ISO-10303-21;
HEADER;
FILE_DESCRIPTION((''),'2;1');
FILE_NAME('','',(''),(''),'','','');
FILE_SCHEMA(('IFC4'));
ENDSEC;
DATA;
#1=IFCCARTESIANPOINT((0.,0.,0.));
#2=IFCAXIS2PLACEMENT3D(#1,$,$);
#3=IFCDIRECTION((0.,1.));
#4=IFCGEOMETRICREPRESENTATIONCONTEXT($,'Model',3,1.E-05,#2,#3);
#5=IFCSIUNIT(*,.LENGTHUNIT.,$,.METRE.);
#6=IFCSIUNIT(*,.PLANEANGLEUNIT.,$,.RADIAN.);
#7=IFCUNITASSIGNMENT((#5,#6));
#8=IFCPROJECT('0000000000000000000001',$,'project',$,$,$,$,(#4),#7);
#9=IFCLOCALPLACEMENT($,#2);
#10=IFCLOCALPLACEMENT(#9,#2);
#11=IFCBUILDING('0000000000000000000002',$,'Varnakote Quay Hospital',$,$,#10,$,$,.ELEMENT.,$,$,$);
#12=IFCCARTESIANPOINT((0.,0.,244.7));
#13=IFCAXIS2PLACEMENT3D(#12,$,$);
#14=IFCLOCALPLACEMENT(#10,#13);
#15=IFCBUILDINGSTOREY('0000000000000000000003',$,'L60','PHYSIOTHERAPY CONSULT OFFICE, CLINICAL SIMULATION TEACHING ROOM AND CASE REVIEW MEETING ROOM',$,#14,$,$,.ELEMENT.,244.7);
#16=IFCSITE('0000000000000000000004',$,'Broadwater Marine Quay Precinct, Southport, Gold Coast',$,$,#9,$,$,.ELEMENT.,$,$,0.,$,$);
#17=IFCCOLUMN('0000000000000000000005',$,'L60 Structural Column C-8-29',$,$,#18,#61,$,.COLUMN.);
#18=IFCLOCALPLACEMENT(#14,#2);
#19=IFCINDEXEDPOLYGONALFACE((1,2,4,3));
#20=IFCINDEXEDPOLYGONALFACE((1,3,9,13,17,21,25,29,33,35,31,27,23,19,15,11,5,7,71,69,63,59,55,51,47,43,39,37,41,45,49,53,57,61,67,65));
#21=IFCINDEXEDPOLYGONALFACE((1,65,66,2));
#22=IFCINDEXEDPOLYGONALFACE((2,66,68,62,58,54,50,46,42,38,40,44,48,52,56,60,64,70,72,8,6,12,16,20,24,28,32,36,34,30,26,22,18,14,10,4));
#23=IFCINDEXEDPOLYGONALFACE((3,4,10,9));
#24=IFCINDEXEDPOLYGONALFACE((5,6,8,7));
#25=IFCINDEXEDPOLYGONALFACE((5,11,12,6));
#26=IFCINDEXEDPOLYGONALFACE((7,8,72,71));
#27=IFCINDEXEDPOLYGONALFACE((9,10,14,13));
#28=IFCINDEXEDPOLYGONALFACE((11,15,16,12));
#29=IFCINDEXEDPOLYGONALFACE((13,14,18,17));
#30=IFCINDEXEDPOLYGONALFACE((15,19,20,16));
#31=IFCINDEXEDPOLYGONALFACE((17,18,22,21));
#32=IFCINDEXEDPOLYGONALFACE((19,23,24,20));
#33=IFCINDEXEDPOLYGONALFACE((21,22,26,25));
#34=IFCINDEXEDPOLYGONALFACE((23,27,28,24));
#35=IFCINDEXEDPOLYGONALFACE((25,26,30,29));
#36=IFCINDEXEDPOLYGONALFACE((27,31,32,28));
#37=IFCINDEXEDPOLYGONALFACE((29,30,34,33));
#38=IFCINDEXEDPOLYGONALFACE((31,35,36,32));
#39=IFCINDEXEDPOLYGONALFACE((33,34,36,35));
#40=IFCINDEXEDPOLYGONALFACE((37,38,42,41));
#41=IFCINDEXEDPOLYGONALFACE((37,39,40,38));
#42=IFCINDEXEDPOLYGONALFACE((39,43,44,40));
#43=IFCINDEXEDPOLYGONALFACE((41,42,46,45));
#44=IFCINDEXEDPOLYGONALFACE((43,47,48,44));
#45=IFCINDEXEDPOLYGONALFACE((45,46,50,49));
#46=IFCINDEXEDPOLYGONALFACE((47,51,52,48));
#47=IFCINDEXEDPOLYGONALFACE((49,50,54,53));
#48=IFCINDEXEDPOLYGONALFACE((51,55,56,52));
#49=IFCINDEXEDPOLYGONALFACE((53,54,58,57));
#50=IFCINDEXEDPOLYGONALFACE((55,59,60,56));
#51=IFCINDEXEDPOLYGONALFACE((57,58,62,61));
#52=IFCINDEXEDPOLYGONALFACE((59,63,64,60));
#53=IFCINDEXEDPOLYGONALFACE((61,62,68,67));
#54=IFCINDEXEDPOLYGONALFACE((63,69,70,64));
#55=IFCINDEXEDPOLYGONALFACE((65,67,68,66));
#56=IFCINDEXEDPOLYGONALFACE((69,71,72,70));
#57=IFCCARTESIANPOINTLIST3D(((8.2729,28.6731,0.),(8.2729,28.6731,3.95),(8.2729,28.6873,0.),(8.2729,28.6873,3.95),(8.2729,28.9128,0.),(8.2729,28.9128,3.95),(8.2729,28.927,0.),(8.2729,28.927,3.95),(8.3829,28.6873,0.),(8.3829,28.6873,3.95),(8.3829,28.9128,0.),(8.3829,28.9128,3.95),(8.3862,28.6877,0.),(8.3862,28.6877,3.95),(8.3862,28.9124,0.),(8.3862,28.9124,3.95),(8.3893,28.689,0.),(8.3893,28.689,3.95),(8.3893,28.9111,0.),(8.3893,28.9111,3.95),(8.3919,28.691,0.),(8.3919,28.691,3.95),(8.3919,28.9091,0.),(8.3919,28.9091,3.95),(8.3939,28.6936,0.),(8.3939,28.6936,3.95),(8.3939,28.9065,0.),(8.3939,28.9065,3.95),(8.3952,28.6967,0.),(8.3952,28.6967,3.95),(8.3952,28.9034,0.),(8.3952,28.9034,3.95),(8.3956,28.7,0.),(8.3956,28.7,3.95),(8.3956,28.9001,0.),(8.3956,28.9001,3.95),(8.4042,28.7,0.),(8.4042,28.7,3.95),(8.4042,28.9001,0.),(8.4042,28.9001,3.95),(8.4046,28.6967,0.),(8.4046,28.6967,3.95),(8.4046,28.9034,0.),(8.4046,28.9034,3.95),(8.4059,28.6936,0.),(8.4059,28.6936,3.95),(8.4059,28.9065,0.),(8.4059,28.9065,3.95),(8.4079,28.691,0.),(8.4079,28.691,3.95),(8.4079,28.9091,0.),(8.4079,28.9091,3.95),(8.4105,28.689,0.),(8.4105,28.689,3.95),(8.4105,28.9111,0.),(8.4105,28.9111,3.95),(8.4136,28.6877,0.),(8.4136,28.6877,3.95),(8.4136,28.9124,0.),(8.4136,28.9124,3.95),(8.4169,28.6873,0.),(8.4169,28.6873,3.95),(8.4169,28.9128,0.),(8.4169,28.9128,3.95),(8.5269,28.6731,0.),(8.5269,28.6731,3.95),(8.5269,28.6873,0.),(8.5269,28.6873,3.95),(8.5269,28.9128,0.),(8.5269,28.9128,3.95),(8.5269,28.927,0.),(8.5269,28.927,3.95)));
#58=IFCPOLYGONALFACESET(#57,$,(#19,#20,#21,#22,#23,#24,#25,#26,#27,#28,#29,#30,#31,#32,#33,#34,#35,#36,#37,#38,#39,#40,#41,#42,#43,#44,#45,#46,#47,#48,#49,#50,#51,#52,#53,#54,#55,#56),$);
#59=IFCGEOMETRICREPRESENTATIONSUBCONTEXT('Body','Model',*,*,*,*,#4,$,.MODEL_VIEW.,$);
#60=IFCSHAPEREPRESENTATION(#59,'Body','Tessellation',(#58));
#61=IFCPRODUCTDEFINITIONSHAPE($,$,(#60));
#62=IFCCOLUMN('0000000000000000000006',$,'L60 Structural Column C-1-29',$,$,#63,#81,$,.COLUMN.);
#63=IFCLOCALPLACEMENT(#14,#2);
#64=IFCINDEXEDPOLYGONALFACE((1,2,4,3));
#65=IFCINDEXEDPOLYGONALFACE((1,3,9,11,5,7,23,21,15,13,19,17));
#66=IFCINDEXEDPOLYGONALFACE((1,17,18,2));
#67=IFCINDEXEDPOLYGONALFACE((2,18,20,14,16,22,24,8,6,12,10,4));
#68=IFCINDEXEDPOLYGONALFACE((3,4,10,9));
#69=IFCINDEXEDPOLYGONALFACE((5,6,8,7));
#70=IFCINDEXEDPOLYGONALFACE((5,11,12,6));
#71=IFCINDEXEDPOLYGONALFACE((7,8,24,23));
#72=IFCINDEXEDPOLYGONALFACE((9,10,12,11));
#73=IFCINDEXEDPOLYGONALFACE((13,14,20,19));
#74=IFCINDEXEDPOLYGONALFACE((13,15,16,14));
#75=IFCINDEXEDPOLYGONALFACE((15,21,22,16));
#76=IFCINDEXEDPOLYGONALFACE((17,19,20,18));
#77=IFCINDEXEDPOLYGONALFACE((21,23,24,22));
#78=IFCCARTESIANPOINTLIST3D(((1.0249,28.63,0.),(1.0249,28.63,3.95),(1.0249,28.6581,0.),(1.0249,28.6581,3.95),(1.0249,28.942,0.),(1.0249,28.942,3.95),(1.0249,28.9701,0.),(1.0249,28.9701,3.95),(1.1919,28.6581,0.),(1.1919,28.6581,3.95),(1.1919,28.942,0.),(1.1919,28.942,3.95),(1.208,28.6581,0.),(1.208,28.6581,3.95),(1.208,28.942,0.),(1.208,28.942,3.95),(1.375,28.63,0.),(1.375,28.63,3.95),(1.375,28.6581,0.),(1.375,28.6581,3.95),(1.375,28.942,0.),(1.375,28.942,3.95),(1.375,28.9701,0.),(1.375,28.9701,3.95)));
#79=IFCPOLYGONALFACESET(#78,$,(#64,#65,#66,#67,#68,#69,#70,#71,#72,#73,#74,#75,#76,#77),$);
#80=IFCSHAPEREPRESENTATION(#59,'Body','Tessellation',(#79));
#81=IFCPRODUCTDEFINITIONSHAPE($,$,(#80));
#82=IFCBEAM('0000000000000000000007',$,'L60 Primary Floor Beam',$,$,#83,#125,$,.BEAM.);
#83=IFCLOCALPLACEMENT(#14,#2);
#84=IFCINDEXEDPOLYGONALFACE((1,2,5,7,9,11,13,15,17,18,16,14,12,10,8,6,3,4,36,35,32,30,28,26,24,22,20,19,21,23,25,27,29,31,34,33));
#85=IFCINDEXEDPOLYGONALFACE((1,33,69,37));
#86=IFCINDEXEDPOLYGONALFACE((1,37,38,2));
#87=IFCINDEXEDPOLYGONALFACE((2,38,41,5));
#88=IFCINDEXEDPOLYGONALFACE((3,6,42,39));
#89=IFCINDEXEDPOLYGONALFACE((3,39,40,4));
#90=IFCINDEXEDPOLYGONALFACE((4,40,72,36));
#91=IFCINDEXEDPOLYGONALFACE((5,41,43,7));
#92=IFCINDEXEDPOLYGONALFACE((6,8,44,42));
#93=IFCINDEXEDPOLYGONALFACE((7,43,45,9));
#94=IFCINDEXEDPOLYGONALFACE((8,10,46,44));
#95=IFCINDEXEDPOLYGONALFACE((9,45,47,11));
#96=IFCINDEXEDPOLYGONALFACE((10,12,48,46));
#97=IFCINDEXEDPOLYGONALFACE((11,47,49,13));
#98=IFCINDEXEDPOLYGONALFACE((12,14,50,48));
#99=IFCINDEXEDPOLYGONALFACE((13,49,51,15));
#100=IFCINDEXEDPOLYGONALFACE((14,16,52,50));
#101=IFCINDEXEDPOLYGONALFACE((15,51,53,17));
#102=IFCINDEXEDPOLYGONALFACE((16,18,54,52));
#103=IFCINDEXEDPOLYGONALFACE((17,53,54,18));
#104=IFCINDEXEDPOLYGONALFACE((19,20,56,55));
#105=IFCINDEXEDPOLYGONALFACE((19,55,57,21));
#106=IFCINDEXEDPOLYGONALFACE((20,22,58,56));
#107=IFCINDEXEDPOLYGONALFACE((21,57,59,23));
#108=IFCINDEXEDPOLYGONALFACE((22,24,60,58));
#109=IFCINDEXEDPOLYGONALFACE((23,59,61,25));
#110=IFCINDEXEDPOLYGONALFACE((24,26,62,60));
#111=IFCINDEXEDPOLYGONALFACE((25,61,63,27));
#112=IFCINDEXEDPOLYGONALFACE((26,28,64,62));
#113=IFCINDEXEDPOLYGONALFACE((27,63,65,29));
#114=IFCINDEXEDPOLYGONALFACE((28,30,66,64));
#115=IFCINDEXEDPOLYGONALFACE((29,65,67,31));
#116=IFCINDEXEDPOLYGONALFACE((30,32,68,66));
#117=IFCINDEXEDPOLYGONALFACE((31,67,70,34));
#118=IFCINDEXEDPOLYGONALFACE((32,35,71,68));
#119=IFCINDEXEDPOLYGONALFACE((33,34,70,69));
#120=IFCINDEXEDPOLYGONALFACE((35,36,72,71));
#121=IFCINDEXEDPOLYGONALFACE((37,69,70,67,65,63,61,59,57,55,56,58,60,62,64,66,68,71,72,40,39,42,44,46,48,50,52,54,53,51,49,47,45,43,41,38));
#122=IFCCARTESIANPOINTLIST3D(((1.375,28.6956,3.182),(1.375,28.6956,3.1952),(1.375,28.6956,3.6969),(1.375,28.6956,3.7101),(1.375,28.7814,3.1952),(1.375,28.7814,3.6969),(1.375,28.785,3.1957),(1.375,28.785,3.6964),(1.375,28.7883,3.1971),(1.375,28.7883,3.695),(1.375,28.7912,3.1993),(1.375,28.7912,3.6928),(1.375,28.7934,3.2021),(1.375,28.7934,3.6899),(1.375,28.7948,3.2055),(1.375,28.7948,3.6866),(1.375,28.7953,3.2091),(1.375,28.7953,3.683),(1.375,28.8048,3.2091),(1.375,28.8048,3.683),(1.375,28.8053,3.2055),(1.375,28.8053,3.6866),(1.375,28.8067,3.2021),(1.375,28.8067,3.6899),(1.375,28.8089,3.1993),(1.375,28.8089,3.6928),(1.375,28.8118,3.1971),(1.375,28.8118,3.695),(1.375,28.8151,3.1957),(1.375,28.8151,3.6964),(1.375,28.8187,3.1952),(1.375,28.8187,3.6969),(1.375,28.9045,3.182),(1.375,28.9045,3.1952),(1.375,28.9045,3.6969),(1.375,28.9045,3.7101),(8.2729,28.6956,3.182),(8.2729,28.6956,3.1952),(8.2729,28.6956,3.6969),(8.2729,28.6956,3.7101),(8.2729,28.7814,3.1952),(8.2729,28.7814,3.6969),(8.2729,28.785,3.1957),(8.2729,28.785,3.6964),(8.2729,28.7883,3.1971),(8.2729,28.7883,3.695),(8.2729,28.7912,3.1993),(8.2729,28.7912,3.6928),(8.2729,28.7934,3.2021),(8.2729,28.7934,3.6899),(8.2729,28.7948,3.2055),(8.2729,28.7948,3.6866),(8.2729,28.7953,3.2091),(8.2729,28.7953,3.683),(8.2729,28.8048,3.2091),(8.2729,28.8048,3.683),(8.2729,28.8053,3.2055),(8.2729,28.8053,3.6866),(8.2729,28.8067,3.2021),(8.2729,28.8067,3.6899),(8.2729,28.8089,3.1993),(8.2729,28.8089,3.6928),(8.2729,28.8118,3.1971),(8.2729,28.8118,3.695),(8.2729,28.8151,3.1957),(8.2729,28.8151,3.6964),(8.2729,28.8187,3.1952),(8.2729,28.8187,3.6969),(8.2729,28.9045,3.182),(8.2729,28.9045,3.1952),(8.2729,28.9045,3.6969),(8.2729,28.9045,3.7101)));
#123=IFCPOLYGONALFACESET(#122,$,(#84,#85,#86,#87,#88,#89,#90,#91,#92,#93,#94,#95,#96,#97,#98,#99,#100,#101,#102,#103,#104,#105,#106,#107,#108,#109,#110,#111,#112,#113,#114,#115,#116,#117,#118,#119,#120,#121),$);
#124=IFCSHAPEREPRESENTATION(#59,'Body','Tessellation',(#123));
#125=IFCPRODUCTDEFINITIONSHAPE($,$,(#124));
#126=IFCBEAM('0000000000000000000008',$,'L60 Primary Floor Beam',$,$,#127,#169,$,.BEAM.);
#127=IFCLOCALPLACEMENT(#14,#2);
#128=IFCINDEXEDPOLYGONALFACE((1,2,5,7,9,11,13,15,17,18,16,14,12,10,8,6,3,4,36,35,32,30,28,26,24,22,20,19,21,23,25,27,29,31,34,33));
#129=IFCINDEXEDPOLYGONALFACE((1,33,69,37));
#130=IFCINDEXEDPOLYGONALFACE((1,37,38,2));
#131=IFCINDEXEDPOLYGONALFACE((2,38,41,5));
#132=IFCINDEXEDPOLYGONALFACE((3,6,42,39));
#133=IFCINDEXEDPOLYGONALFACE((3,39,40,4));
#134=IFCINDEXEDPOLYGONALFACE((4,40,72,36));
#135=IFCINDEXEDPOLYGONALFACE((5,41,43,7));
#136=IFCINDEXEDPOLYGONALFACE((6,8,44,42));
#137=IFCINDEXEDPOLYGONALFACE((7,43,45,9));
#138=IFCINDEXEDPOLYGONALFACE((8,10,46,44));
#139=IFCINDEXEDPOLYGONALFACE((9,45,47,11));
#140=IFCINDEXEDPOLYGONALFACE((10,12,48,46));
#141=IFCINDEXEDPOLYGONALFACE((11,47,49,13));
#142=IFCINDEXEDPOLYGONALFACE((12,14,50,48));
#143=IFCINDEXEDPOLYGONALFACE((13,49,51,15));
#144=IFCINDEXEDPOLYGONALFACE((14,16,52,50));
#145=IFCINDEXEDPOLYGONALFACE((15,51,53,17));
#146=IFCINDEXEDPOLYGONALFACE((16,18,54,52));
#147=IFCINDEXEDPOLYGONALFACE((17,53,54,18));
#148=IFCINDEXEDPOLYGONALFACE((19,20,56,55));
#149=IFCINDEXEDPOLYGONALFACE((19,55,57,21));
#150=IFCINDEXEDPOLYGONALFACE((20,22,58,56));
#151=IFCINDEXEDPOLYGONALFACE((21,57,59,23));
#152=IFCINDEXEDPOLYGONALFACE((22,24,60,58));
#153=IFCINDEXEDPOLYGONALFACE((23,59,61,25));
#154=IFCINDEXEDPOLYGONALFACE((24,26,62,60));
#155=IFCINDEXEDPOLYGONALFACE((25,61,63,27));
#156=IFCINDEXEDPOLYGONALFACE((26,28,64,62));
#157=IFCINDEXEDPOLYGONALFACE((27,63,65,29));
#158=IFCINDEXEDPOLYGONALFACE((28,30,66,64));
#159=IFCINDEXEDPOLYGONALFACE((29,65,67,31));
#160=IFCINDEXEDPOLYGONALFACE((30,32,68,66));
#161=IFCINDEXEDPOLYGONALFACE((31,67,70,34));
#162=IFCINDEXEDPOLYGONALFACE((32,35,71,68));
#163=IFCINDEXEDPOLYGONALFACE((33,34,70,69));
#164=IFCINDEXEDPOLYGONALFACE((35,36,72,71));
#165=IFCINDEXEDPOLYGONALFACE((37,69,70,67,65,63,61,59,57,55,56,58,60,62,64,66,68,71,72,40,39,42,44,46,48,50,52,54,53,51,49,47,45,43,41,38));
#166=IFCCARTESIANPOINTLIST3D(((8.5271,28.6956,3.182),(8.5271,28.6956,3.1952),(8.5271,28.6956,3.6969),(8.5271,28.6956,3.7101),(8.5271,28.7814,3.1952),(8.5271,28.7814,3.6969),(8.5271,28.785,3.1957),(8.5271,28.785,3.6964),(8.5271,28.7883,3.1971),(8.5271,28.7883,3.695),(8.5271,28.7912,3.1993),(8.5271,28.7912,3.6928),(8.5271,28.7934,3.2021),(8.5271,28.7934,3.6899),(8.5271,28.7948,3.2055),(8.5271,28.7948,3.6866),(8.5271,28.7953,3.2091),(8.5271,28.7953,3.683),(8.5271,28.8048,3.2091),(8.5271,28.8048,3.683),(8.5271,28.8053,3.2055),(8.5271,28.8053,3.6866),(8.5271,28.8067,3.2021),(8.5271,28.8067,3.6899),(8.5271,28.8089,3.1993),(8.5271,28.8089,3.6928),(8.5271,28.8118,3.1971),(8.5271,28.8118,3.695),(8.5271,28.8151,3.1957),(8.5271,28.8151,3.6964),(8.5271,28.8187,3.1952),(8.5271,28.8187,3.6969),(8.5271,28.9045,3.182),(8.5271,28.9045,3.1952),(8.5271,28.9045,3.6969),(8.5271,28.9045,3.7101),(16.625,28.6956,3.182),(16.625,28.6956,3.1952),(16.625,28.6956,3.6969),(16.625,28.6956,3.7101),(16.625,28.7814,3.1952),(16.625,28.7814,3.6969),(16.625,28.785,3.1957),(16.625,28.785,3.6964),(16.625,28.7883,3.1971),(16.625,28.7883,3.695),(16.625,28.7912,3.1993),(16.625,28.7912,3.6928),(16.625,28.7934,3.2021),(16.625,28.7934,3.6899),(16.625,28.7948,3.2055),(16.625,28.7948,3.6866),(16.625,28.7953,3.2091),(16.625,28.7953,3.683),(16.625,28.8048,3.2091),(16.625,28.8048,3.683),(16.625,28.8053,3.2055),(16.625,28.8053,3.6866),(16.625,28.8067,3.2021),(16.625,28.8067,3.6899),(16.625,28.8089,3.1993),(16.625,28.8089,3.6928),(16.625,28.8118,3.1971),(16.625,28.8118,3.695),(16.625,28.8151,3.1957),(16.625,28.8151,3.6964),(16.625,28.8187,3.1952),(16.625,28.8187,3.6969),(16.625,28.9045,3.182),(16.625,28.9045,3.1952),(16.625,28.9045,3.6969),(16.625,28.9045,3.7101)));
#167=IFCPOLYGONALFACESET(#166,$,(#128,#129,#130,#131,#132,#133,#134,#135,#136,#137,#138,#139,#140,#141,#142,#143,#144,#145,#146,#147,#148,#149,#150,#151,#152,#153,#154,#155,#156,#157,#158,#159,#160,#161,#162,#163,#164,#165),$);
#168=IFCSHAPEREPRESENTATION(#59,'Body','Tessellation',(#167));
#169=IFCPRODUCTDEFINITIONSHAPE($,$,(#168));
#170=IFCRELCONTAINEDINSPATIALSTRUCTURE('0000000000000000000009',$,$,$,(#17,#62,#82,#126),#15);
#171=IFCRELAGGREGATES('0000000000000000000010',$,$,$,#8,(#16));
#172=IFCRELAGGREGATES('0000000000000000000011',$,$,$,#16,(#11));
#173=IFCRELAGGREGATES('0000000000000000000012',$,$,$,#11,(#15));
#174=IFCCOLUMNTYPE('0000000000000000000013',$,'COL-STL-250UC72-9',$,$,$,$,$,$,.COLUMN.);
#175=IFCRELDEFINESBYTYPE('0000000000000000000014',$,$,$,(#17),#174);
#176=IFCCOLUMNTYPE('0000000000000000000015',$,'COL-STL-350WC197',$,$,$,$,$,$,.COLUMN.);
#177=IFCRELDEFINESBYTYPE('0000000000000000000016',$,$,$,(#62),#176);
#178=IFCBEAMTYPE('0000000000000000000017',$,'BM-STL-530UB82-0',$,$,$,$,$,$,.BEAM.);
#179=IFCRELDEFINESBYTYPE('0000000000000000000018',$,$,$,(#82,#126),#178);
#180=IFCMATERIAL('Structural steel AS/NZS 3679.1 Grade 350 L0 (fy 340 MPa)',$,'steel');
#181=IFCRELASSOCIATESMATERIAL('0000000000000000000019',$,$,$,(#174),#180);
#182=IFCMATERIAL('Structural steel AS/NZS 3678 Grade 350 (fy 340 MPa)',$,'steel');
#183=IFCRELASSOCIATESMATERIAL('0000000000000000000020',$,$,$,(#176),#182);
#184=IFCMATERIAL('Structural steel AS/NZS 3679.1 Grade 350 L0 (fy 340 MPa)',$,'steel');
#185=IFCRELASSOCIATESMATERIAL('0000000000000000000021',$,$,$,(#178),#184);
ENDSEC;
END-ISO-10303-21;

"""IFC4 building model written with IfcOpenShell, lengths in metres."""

from ifc_helpers import new_model, si_unit, direction, frame, origin, origin_2d, place, context, subcontext, project, spatial, i_section, extrude, material, material_profile, profile_set, type_object, element, save


model = new_model("IFC4")

# Units and contexts
model_context = context("Model", 3, precision=1e-05, world=origin(), true_north=direction((0.0, 1.0)))
body_context = subcontext(model_context, "Body", "Model", "MODEL_VIEW")
ifc_project = project(units=[si_unit("LENGTHUNIT", "METRE"), si_unit("PLANEANGLEUNIT", "RADIAN")], contexts=[model_context])

# Site, building, storey
site_placement = place(None, origin())
site = spatial("IfcSite", under=ifc_project, at=site_placement, Name="Broadwater Marine Quay Precinct, Southport, Gold Coast", CompositionType="ELEMENT", RefElevation=0.0)
building_placement = place(site_placement, origin())
building = spatial("IfcBuilding", under=site, at=building_placement, Name="Varnakote Quay Hospital", CompositionType="ELEMENT")
storey_placement = place(building_placement, frame((0.0, 0.0, 244.7)))
storey = spatial("IfcBuildingStorey", under=building, at=storey_placement, Name="L60", Description="PHYSIOTHERAPY CONSULT OFFICE, CLINICAL SIMULATION TEACHING ROOM AND CASE REVIEW MEETING ROOM", CompositionType="ELEMENT", Elevation=244.7)

# Columns
ifc_material_1 = material(Name="Structural steel AS/NZS 3679.1 Grade 350 L0 (fy 340 MPa)", Category="steel")
ifc_material_profile_1 = material_profile(ifc_material_1, i_section(OverallWidth=0.2539, OverallDepth=0.2539, WebThickness=0.0085, FlangeThickness=0.0142, FilletRadius=0.0127, at=origin_2d()), Name="250UC72.9")
ifc_profile_set_1 = profile_set([ifc_material_profile_1], Name="Structural steel AS/NZS 3679.1 Grade 350 L0 (fy 340 MPa)")
column_type_1 = type_object("IfcColumnType", Name="COL-STL-250UC72-9", PredefinedType="COLUMN", material=ifc_profile_set_1)
column_1_placement = place(storey_placement, frame((8.3999, 28.8, 0.0), z_axis=(0.0, 0.0, 1.0), x_axis=(1.0, 0.0, 0.0)))
element("IfcColumn", 1, at=column_1_placement, inside=storey, type_object=column_type_1, Name="L60 Structural Column C-8-29", PredefinedType="COLUMN", context=body_context, shape_type="SweptSolid", body=[
    extrude(i_section(OverallWidth=0.2539, OverallDepth=0.2539, WebThickness=0.0085, FlangeThickness=0.0142, FilletRadius=0.0127, at=origin_2d()), origin(), (0.0, 0.0, 1.0), 3.95),
])
ifc_material_2 = material(Name="Structural steel AS/NZS 3678 Grade 350 (fy 340 MPa)", Category="steel")
ifc_material_profile_2 = material_profile(ifc_material_2, i_section(OverallWidth=0.3501, OverallDepth=0.3401, WebThickness=0.0161, FlangeThickness=0.0281, at=origin_2d()), Name="350WC197")
ifc_profile_set_2 = profile_set([ifc_material_profile_2], Name="Structural steel AS/NZS 3678 Grade 350 (fy 340 MPa)")
column_type_2 = type_object("IfcColumnType", Name="COL-STL-350WC197", PredefinedType="COLUMN", material=ifc_profile_set_2)
column_2_placement = place(storey_placement, frame((1.2, 28.8, 0.0), z_axis=(0.0, 0.0, 1.0), x_axis=(1.0, 0.0, 0.0)))
element("IfcColumn", 2, at=column_2_placement, inside=storey, type_object=column_type_2, Name="L60 Structural Column C-1-29", PredefinedType="COLUMN", context=body_context, shape_type="SweptSolid", body=[
    extrude(i_section(OverallWidth=0.3501, OverallDepth=0.3401, WebThickness=0.0161, FlangeThickness=0.0281, at=origin_2d()), origin(), (0.0, 0.0, 1.0), 3.95),
])

# Beams
ifc_material_3 = material(Name="Structural steel AS/NZS 3679.1 Grade 350 L0 (fy 340 MPa)", Category="steel")
ifc_material_profile_3 = material_profile(ifc_material_3, i_section(OverallWidth=0.209, OverallDepth=0.5281, WebThickness=0.0095, FlangeThickness=0.0132, FilletRadius=0.0139, at=origin_2d()), Name="530UB82.0")
ifc_profile_set_3 = profile_set([ifc_material_profile_3], Name="Structural steel AS/NZS 3679.1 Grade 350 L0 (fy 340 MPa)")
beam_type_1 = type_object("IfcBeamType", Name="BM-STL-530UB82-0", PredefinedType="BEAM", material=ifc_profile_set_3)
beam_1_placement = place(storey_placement, frame((1.375, 28.8, 3.446), z_axis=(1.0, 0.0, 0.0), x_axis=(0.0, 1.0, 0.0)))
element("IfcBeam", 3, at=beam_1_placement, inside=storey, type_object=beam_type_1, Name="L60 Primary Floor Beam", PredefinedType="BEAM", context=body_context, shape_type="SweptSolid", body=[
    extrude(i_section(OverallWidth=0.209, OverallDepth=0.5281, WebThickness=0.0095, FlangeThickness=0.0132, FilletRadius=0.0139, at=origin_2d()), origin(), (0.0, 0.0, 1.0), 6.8979),
])
beam_2_placement = place(storey_placement, frame((8.5271, 28.8, 3.446), z_axis=(1.0, 0.0, 0.0), x_axis=(0.0, 1.0, 0.0)))
element("IfcBeam", 4, at=beam_2_placement, inside=storey, type_object=beam_type_1, Name="L60 Primary Floor Beam", PredefinedType="BEAM", context=body_context, shape_type="SweptSolid", body=[
    extrude(i_section(OverallWidth=0.209, OverallDepth=0.5281, WebThickness=0.0095, FlangeThickness=0.0132, FilletRadius=0.0139, at=origin_2d()), origin(), (0.0, 0.0, 1.0), 8.0979),
])

save(model, "model.ifc")
